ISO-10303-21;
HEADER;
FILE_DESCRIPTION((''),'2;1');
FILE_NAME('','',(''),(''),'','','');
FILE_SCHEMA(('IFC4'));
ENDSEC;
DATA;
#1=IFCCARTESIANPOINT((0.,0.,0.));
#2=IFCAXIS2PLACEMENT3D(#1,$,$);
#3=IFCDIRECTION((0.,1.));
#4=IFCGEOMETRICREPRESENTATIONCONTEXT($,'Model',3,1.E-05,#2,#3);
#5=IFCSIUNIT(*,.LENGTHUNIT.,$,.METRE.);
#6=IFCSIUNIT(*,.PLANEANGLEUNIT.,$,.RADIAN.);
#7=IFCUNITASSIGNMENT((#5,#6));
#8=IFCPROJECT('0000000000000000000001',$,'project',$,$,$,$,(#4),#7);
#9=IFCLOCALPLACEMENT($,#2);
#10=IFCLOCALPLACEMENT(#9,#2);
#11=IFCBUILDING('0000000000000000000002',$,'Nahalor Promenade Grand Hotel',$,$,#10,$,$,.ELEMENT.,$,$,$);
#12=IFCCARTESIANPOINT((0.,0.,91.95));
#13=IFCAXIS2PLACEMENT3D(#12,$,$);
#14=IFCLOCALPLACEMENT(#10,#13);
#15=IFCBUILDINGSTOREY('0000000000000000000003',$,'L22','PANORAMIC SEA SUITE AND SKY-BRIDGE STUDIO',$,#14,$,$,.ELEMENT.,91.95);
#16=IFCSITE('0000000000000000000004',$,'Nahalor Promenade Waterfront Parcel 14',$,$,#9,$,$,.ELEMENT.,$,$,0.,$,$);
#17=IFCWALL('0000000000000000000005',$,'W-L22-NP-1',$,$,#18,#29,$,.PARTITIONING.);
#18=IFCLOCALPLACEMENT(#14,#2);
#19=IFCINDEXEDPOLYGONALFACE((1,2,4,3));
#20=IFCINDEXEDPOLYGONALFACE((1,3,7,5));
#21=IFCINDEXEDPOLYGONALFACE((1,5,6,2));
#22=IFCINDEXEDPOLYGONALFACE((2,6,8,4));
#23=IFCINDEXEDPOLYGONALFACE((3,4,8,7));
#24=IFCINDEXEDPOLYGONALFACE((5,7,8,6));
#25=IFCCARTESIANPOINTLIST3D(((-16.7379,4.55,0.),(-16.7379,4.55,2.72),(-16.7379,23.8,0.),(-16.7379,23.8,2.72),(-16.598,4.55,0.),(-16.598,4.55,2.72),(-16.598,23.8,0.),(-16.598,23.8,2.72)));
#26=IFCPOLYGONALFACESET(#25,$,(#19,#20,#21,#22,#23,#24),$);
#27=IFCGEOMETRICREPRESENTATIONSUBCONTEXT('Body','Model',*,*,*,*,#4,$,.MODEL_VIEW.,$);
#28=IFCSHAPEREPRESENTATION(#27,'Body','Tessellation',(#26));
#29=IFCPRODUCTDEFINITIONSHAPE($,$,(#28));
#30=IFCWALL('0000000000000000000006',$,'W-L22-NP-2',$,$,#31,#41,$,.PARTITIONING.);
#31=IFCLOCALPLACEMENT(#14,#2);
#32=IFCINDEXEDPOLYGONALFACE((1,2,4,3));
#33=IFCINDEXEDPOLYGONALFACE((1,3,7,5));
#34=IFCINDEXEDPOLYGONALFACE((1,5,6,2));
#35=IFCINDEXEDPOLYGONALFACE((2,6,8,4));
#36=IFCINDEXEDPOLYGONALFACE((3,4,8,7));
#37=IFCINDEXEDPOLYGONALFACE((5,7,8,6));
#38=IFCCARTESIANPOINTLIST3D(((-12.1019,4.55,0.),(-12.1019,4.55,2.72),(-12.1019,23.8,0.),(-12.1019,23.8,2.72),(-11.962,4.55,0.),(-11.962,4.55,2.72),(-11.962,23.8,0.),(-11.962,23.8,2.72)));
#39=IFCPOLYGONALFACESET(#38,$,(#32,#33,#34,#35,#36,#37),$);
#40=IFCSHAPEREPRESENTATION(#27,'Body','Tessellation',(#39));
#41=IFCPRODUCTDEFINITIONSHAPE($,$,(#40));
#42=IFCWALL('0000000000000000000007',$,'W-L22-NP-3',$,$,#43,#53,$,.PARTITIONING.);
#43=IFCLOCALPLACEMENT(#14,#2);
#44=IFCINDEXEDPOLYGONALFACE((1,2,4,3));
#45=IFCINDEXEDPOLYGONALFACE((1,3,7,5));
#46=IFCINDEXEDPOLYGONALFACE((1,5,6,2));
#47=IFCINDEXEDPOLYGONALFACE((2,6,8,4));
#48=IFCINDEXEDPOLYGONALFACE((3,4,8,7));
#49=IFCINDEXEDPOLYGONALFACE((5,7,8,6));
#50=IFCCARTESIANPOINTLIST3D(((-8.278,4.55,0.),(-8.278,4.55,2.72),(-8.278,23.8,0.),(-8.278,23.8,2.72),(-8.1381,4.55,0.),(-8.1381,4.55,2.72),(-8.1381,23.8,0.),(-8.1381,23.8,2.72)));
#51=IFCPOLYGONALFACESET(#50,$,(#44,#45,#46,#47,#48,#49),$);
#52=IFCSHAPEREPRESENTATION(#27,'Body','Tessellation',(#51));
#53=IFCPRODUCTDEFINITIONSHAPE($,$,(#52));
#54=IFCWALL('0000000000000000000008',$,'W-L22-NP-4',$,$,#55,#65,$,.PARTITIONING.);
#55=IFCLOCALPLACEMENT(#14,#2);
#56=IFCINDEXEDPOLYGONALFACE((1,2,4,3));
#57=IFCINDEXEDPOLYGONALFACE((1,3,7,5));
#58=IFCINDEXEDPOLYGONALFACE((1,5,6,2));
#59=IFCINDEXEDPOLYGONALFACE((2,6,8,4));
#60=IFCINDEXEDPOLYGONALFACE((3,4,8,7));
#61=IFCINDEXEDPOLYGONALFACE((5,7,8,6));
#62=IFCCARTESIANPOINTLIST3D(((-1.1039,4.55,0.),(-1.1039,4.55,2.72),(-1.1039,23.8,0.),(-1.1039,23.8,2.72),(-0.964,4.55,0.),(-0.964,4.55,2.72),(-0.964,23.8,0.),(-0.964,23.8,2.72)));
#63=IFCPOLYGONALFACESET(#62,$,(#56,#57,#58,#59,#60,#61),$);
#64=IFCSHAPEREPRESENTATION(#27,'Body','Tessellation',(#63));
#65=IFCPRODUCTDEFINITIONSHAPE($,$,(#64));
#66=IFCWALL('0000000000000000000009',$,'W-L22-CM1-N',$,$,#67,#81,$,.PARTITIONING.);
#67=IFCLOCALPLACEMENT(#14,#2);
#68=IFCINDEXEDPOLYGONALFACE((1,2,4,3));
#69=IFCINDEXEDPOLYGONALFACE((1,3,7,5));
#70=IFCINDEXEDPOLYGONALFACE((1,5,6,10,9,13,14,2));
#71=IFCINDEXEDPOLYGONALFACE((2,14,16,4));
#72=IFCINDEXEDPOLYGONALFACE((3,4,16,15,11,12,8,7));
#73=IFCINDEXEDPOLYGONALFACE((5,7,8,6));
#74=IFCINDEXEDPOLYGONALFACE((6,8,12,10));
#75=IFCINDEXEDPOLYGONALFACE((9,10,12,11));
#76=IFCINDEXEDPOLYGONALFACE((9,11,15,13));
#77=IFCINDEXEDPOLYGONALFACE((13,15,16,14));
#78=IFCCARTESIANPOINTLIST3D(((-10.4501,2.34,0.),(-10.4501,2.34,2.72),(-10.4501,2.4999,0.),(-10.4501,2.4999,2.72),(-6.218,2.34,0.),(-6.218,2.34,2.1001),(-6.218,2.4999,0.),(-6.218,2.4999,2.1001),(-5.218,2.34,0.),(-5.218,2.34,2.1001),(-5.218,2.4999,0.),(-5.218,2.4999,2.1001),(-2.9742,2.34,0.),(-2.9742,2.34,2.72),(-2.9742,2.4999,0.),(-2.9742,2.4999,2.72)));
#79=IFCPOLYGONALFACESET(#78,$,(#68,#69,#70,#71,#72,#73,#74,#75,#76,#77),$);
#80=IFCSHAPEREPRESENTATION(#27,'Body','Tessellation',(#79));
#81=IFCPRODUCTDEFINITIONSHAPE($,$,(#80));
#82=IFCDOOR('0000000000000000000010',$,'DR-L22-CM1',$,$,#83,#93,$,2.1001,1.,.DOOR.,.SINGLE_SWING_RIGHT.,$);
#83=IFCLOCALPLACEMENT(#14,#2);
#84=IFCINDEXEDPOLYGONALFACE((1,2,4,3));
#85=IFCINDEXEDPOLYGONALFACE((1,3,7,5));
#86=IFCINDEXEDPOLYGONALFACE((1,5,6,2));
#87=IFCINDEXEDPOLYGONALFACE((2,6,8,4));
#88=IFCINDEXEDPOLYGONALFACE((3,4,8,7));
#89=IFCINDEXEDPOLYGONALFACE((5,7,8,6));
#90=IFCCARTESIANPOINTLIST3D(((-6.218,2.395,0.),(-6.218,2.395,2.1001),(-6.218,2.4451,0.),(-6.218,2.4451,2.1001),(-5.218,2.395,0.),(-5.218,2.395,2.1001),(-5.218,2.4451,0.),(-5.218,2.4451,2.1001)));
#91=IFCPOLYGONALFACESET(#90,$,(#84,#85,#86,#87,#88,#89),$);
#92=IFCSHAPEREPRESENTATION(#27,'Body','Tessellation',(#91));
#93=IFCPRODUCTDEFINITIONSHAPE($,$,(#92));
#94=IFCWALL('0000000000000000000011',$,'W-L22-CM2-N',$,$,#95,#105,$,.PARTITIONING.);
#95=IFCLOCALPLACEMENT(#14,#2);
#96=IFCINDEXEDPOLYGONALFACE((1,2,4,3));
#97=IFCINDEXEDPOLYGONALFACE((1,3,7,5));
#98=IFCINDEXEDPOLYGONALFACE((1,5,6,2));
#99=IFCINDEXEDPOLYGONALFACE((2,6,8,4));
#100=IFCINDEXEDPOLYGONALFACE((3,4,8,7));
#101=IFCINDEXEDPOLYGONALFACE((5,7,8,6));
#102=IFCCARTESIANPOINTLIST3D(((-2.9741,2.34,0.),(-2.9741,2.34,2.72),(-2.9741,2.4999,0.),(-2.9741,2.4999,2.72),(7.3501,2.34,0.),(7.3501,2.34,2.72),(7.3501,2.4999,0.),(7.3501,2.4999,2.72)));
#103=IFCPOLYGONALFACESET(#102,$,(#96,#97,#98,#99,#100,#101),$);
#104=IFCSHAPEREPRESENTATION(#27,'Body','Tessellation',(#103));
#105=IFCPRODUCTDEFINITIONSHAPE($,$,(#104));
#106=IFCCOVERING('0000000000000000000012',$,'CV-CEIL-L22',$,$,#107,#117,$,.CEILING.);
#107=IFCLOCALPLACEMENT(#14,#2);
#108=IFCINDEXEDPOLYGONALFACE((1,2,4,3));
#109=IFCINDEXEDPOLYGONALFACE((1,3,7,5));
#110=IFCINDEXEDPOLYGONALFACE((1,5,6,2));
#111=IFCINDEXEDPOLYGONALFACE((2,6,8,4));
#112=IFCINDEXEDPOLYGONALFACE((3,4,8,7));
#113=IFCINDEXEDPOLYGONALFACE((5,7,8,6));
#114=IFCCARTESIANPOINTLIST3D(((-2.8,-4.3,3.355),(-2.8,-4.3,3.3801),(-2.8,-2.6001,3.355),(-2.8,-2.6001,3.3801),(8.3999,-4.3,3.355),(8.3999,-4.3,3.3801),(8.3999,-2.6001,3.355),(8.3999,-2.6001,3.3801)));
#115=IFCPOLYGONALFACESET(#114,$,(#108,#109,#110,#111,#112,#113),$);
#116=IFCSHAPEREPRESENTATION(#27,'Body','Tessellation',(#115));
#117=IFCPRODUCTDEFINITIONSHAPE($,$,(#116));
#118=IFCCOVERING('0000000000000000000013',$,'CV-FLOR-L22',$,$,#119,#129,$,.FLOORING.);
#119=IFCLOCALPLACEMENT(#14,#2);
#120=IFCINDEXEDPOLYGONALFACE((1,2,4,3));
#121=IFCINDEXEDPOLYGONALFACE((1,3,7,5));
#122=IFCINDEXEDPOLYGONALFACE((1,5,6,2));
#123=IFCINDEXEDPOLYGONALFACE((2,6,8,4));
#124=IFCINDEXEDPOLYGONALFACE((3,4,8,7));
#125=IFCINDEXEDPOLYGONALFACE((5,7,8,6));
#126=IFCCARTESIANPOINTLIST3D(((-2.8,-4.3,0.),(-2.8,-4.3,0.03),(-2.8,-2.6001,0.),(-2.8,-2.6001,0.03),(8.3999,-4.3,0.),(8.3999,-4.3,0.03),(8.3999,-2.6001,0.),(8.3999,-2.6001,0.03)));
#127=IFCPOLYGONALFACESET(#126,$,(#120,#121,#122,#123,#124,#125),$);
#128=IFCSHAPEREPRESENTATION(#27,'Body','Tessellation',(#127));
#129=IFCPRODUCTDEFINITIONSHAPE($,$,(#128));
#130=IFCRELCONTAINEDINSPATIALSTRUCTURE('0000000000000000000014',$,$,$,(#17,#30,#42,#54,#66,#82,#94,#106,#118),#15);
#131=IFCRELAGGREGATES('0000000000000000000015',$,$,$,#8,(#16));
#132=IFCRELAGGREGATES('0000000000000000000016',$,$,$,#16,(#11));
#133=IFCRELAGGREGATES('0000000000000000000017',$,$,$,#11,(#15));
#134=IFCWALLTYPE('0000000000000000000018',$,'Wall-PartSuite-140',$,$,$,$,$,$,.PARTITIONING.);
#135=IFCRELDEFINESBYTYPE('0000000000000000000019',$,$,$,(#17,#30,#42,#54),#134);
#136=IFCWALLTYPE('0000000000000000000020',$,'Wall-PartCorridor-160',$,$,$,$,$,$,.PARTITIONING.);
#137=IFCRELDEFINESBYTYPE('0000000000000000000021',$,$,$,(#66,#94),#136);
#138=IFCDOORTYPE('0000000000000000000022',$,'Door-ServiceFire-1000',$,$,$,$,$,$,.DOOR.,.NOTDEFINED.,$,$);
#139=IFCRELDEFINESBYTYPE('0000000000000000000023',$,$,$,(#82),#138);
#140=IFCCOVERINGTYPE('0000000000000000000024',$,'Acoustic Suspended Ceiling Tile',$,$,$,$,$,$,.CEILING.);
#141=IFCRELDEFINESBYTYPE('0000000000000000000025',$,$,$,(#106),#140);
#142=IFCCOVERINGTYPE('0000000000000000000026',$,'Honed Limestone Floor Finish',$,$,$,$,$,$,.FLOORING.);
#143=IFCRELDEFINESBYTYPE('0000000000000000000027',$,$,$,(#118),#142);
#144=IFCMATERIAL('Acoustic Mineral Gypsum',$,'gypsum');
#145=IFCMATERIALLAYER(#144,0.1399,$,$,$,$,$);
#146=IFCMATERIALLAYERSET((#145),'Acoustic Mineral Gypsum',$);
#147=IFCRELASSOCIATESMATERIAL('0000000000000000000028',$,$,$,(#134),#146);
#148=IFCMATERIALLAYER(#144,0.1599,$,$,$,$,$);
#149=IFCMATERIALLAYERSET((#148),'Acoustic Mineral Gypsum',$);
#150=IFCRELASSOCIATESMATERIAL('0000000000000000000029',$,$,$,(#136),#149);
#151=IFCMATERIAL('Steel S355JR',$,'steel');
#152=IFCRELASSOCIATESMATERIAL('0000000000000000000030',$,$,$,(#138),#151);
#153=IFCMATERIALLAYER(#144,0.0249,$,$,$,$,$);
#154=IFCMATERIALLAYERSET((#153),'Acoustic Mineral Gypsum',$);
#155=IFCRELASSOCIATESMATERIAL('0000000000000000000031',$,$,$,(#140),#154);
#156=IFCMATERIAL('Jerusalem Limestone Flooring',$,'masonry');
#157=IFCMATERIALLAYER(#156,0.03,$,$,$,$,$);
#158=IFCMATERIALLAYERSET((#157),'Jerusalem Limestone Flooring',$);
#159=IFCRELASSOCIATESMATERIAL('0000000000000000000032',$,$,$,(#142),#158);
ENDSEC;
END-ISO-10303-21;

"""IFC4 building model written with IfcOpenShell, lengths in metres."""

from ifc_helpers import new_model, si_unit, direction, frame, frame_2d, origin, place, context, subcontext, project, spatial, polyline, rectangle, outline, extrude, source, transform, mapped, material, layer, layer_set, type_object, element, fill, save


model = new_model("IFC4")

# Units and contexts
model_context = context("Model", 3, precision=1e-05, world=origin(), true_north=direction((0.0, 1.0)))
body_context = subcontext(model_context, "Body", "Model", "MODEL_VIEW")
ifc_project = project(units=[si_unit("LENGTHUNIT", "METRE"), si_unit("PLANEANGLEUNIT", "RADIAN")], contexts=[model_context])

# Site, building, storey
site_placement = place(None, origin())
site = spatial("IfcSite", under=ifc_project, at=site_placement, Name="Nahalor Promenade Waterfront Parcel 14", CompositionType="ELEMENT", RefElevation=0.0)
building_placement = place(site_placement, origin())
building = spatial("IfcBuilding", under=site, at=building_placement, Name="Nahalor Promenade Grand Hotel", CompositionType="ELEMENT")
storey_placement = place(building_placement, frame((0.0, 0.0, 91.95)))
storey = spatial("IfcBuildingStorey", under=building, at=storey_placement, Name="L22", Description="PANORAMIC SEA SUITE AND SKY-BRIDGE STUDIO", CompositionType="ELEMENT", Elevation=91.95)

# Shared definitions
ifc_material_1 = material(Name="Steel S355JR", Category="steel")

# Walls
ifc_material_2 = material(Name="Acoustic Mineral Gypsum", Category="gypsum")
ifc_layer_1 = layer(ifc_material_2, 0.1399)
ifc_layer_set_1 = layer_set([ifc_layer_1], Name="Acoustic Mineral Gypsum")
wall_type_1 = type_object("IfcWallType", Name="Wall-PartSuite-140", PredefinedType="PARTITIONING", material=ifc_layer_set_1)
shared_shape_1 = source(origin(), body_context, "Body", "SweptSolid", [
    extrude(rectangle(XDim=19.25, YDim=0.1399, at=frame_2d((9.625, 0.0))), origin(), (0.0, 0.0, 1.0), 2.72),
])
for number, where, z_axis, x_axis, name in (
    (1, (-16.668, 4.55, 0.0), (0.0, 0.0, 1.0), (0.0, 1.0, 0.0), "W-L22-NP-1"),
    (2, (-12.032, 4.55, 0.0), (0.0, 0.0, 1.0), (0.0, 1.0, 0.0), "W-L22-NP-2"),
    (3, (-8.208, 4.55, 0.0), (0.0, 0.0, 1.0), (0.0, 1.0, 0.0), "W-L22-NP-3"),
    (4, (-1.0339, 4.55, 0.0), (0.0, 0.0, 1.0), (0.0, 1.0, 0.0), "W-L22-NP-4"),
):
    element("IfcWall", number, at=place(storey_placement, frame(where, z_axis=z_axis, x_axis=x_axis)), inside=storey, type_object=wall_type_1, Name=name, PredefinedType="PARTITIONING", context=body_context, shape_type="MappedRepresentation", body=[
        mapped(shared_shape_1, transform((0.0, 0.0, 0.0), scale=1.0)),
    ])

# Wall, opening, door
ifc_layer_2 = layer(ifc_material_2, 0.1599)
ifc_layer_set_2 = layer_set([ifc_layer_2], Name="Acoustic Mineral Gypsum")
wall_type_2 = type_object("IfcWallType", Name="Wall-PartCorridor-160", PredefinedType="PARTITIONING", material=ifc_layer_set_2)
shared_shape_2 = source(origin(), body_context, "Body", "SweptSolid", [
    extrude(rectangle(XDim=7.4758, YDim=0.1599, at=frame_2d((3.7378, 0.0))), origin(), (0.0, 0.0, 1.0), 2.72),
])
wall_1_placement = place(storey_placement, frame((-10.45, 2.4199, 0.0), z_axis=(0.0, 0.0, 1.0), x_axis=(1.0, 0.0, 0.0)))
wall_1 = element("IfcWall", 5, at=wall_1_placement, inside=storey, type_object=wall_type_2, Name="W-L22-CM1-N", PredefinedType="PARTITIONING", context=body_context, shape_type="MappedRepresentation", body=[
    mapped(shared_shape_2, transform((0.0, 0.0, 0.0), scale=1.0)),
])
opening_placement = place(wall_1_placement, frame((4.2319, 0.0, 0.0)))
opening = element("IfcOpeningElement", 6, at=opening_placement, cuts=wall_1, PredefinedType="OPENING", context=body_context, shape_type="SweptSolid", body=[
    extrude(rectangle(XDim=1.0, YDim=2.1001, at=frame_2d((0.5, 1.05))), frame((0.0, 0.0898, 0.0), z_axis=(0.0, -1.0, 0.0), x_axis=(1.0, 0.0, 0.0)), (0.0, 0.0, 1.0), 0.1799),
])
door_type = type_object("IfcDoorType", Name="Door-ServiceFire-1000", OperationType="NOTDEFINED", PredefinedType="DOOR", material=ifc_material_1)
shared_shape_3 = source(origin(), body_context, "Body", "SweptSolid", [
    extrude(rectangle(XDim=1.0, YDim=2.1001, at=frame_2d((0.5, 1.05))), frame((0.0, 0.0249, 0.0), z_axis=(0.0, -1.0, 0.0), x_axis=(1.0, 0.0, 0.0)), (0.0, 0.0, 1.0), 0.05),
])
door_placement = place(opening_placement, frame((1.0, 0.0, 0.0), z_axis=(0.0, 0.0, 1.0), x_axis=(-1.0, 0.0, 0.0)))
door = element("IfcDoor", 7, at=door_placement, inside=storey, type_object=door_type, Name="DR-L22-CM1", OperationType="SINGLE_SWING_RIGHT", OverallHeight=2.1001, OverallWidth=1.0, PredefinedType="DOOR", context=body_context, shape_type="MappedRepresentation", body=[
    mapped(shared_shape_3, transform((0.0, 0.0, 0.0), scale=1.0)),
])
fill(opening, door)

# Wall
shared_shape_4 = source(origin(), body_context, "Body", "SweptSolid", [
    extrude(rectangle(XDim=10.3242, YDim=0.1599, at=frame_2d((5.1621, 0.0))), origin(), (0.0, 0.0, 1.0), 2.72),
])
wall_2_placement = place(storey_placement, frame((-2.9741, 2.4199, 0.0), z_axis=(0.0, 0.0, 1.0), x_axis=(1.0, 0.0, 0.0)))
element("IfcWall", 8, at=wall_2_placement, inside=storey, type_object=wall_type_2, Name="W-L22-CM2-N", PredefinedType="PARTITIONING", context=body_context, shape_type="MappedRepresentation", body=[
    mapped(shared_shape_4, transform((0.0, 0.0, 0.0), scale=1.0)),
])

# Coverings
ifc_layer_3 = layer(ifc_material_2, 0.0249)
ifc_layer_set_3 = layer_set([ifc_layer_3], Name="Acoustic Mineral Gypsum")
covering_type_1 = type_object("IfcCoveringType", Name="Acoustic Suspended Ceiling Tile", PredefinedType="CEILING", material=ifc_layer_set_3)
covering_1_placement = place(storey_placement, frame((0.0, 0.0, 3.355)))
element("IfcCovering", 9, at=covering_1_placement, inside=storey, type_object=covering_type_1, Name="CV-CEIL-L22", PredefinedType="CEILING", context=body_context, shape_type="SweptSolid", body=[
    extrude(outline(polyline([(-2.8, -4.3), (8.3999, -4.3), (8.3999, -2.6001), (-2.8, -2.6001), (-2.8, -4.3)])), origin(), (0.0, 0.0, 1.0), 0.0251),
])
ifc_material_3 = material(Name="Jerusalem Limestone Flooring", Category="masonry")
ifc_layer_4 = layer(ifc_material_3, 0.03)
ifc_layer_set_4 = layer_set([ifc_layer_4], Name="Jerusalem Limestone Flooring")
covering_type_2 = type_object("IfcCoveringType", Name="Honed Limestone Floor Finish", PredefinedType="FLOORING", material=ifc_layer_set_4)
covering_2_placement = place(storey_placement, origin())
element("IfcCovering", 10, at=covering_2_placement, inside=storey, type_object=covering_type_2, Name="CV-FLOR-L22", PredefinedType="FLOORING", context=body_context, shape_type="SweptSolid", body=[
    extrude(outline(polyline([(-2.8, -4.3), (8.3999, -4.3), (8.3999, -2.6001), (-2.8, -2.6001), (-2.8, -4.3)])), origin(), (0.0, 0.0, 1.0), 0.03),
])

save(model, "model.ifc")
